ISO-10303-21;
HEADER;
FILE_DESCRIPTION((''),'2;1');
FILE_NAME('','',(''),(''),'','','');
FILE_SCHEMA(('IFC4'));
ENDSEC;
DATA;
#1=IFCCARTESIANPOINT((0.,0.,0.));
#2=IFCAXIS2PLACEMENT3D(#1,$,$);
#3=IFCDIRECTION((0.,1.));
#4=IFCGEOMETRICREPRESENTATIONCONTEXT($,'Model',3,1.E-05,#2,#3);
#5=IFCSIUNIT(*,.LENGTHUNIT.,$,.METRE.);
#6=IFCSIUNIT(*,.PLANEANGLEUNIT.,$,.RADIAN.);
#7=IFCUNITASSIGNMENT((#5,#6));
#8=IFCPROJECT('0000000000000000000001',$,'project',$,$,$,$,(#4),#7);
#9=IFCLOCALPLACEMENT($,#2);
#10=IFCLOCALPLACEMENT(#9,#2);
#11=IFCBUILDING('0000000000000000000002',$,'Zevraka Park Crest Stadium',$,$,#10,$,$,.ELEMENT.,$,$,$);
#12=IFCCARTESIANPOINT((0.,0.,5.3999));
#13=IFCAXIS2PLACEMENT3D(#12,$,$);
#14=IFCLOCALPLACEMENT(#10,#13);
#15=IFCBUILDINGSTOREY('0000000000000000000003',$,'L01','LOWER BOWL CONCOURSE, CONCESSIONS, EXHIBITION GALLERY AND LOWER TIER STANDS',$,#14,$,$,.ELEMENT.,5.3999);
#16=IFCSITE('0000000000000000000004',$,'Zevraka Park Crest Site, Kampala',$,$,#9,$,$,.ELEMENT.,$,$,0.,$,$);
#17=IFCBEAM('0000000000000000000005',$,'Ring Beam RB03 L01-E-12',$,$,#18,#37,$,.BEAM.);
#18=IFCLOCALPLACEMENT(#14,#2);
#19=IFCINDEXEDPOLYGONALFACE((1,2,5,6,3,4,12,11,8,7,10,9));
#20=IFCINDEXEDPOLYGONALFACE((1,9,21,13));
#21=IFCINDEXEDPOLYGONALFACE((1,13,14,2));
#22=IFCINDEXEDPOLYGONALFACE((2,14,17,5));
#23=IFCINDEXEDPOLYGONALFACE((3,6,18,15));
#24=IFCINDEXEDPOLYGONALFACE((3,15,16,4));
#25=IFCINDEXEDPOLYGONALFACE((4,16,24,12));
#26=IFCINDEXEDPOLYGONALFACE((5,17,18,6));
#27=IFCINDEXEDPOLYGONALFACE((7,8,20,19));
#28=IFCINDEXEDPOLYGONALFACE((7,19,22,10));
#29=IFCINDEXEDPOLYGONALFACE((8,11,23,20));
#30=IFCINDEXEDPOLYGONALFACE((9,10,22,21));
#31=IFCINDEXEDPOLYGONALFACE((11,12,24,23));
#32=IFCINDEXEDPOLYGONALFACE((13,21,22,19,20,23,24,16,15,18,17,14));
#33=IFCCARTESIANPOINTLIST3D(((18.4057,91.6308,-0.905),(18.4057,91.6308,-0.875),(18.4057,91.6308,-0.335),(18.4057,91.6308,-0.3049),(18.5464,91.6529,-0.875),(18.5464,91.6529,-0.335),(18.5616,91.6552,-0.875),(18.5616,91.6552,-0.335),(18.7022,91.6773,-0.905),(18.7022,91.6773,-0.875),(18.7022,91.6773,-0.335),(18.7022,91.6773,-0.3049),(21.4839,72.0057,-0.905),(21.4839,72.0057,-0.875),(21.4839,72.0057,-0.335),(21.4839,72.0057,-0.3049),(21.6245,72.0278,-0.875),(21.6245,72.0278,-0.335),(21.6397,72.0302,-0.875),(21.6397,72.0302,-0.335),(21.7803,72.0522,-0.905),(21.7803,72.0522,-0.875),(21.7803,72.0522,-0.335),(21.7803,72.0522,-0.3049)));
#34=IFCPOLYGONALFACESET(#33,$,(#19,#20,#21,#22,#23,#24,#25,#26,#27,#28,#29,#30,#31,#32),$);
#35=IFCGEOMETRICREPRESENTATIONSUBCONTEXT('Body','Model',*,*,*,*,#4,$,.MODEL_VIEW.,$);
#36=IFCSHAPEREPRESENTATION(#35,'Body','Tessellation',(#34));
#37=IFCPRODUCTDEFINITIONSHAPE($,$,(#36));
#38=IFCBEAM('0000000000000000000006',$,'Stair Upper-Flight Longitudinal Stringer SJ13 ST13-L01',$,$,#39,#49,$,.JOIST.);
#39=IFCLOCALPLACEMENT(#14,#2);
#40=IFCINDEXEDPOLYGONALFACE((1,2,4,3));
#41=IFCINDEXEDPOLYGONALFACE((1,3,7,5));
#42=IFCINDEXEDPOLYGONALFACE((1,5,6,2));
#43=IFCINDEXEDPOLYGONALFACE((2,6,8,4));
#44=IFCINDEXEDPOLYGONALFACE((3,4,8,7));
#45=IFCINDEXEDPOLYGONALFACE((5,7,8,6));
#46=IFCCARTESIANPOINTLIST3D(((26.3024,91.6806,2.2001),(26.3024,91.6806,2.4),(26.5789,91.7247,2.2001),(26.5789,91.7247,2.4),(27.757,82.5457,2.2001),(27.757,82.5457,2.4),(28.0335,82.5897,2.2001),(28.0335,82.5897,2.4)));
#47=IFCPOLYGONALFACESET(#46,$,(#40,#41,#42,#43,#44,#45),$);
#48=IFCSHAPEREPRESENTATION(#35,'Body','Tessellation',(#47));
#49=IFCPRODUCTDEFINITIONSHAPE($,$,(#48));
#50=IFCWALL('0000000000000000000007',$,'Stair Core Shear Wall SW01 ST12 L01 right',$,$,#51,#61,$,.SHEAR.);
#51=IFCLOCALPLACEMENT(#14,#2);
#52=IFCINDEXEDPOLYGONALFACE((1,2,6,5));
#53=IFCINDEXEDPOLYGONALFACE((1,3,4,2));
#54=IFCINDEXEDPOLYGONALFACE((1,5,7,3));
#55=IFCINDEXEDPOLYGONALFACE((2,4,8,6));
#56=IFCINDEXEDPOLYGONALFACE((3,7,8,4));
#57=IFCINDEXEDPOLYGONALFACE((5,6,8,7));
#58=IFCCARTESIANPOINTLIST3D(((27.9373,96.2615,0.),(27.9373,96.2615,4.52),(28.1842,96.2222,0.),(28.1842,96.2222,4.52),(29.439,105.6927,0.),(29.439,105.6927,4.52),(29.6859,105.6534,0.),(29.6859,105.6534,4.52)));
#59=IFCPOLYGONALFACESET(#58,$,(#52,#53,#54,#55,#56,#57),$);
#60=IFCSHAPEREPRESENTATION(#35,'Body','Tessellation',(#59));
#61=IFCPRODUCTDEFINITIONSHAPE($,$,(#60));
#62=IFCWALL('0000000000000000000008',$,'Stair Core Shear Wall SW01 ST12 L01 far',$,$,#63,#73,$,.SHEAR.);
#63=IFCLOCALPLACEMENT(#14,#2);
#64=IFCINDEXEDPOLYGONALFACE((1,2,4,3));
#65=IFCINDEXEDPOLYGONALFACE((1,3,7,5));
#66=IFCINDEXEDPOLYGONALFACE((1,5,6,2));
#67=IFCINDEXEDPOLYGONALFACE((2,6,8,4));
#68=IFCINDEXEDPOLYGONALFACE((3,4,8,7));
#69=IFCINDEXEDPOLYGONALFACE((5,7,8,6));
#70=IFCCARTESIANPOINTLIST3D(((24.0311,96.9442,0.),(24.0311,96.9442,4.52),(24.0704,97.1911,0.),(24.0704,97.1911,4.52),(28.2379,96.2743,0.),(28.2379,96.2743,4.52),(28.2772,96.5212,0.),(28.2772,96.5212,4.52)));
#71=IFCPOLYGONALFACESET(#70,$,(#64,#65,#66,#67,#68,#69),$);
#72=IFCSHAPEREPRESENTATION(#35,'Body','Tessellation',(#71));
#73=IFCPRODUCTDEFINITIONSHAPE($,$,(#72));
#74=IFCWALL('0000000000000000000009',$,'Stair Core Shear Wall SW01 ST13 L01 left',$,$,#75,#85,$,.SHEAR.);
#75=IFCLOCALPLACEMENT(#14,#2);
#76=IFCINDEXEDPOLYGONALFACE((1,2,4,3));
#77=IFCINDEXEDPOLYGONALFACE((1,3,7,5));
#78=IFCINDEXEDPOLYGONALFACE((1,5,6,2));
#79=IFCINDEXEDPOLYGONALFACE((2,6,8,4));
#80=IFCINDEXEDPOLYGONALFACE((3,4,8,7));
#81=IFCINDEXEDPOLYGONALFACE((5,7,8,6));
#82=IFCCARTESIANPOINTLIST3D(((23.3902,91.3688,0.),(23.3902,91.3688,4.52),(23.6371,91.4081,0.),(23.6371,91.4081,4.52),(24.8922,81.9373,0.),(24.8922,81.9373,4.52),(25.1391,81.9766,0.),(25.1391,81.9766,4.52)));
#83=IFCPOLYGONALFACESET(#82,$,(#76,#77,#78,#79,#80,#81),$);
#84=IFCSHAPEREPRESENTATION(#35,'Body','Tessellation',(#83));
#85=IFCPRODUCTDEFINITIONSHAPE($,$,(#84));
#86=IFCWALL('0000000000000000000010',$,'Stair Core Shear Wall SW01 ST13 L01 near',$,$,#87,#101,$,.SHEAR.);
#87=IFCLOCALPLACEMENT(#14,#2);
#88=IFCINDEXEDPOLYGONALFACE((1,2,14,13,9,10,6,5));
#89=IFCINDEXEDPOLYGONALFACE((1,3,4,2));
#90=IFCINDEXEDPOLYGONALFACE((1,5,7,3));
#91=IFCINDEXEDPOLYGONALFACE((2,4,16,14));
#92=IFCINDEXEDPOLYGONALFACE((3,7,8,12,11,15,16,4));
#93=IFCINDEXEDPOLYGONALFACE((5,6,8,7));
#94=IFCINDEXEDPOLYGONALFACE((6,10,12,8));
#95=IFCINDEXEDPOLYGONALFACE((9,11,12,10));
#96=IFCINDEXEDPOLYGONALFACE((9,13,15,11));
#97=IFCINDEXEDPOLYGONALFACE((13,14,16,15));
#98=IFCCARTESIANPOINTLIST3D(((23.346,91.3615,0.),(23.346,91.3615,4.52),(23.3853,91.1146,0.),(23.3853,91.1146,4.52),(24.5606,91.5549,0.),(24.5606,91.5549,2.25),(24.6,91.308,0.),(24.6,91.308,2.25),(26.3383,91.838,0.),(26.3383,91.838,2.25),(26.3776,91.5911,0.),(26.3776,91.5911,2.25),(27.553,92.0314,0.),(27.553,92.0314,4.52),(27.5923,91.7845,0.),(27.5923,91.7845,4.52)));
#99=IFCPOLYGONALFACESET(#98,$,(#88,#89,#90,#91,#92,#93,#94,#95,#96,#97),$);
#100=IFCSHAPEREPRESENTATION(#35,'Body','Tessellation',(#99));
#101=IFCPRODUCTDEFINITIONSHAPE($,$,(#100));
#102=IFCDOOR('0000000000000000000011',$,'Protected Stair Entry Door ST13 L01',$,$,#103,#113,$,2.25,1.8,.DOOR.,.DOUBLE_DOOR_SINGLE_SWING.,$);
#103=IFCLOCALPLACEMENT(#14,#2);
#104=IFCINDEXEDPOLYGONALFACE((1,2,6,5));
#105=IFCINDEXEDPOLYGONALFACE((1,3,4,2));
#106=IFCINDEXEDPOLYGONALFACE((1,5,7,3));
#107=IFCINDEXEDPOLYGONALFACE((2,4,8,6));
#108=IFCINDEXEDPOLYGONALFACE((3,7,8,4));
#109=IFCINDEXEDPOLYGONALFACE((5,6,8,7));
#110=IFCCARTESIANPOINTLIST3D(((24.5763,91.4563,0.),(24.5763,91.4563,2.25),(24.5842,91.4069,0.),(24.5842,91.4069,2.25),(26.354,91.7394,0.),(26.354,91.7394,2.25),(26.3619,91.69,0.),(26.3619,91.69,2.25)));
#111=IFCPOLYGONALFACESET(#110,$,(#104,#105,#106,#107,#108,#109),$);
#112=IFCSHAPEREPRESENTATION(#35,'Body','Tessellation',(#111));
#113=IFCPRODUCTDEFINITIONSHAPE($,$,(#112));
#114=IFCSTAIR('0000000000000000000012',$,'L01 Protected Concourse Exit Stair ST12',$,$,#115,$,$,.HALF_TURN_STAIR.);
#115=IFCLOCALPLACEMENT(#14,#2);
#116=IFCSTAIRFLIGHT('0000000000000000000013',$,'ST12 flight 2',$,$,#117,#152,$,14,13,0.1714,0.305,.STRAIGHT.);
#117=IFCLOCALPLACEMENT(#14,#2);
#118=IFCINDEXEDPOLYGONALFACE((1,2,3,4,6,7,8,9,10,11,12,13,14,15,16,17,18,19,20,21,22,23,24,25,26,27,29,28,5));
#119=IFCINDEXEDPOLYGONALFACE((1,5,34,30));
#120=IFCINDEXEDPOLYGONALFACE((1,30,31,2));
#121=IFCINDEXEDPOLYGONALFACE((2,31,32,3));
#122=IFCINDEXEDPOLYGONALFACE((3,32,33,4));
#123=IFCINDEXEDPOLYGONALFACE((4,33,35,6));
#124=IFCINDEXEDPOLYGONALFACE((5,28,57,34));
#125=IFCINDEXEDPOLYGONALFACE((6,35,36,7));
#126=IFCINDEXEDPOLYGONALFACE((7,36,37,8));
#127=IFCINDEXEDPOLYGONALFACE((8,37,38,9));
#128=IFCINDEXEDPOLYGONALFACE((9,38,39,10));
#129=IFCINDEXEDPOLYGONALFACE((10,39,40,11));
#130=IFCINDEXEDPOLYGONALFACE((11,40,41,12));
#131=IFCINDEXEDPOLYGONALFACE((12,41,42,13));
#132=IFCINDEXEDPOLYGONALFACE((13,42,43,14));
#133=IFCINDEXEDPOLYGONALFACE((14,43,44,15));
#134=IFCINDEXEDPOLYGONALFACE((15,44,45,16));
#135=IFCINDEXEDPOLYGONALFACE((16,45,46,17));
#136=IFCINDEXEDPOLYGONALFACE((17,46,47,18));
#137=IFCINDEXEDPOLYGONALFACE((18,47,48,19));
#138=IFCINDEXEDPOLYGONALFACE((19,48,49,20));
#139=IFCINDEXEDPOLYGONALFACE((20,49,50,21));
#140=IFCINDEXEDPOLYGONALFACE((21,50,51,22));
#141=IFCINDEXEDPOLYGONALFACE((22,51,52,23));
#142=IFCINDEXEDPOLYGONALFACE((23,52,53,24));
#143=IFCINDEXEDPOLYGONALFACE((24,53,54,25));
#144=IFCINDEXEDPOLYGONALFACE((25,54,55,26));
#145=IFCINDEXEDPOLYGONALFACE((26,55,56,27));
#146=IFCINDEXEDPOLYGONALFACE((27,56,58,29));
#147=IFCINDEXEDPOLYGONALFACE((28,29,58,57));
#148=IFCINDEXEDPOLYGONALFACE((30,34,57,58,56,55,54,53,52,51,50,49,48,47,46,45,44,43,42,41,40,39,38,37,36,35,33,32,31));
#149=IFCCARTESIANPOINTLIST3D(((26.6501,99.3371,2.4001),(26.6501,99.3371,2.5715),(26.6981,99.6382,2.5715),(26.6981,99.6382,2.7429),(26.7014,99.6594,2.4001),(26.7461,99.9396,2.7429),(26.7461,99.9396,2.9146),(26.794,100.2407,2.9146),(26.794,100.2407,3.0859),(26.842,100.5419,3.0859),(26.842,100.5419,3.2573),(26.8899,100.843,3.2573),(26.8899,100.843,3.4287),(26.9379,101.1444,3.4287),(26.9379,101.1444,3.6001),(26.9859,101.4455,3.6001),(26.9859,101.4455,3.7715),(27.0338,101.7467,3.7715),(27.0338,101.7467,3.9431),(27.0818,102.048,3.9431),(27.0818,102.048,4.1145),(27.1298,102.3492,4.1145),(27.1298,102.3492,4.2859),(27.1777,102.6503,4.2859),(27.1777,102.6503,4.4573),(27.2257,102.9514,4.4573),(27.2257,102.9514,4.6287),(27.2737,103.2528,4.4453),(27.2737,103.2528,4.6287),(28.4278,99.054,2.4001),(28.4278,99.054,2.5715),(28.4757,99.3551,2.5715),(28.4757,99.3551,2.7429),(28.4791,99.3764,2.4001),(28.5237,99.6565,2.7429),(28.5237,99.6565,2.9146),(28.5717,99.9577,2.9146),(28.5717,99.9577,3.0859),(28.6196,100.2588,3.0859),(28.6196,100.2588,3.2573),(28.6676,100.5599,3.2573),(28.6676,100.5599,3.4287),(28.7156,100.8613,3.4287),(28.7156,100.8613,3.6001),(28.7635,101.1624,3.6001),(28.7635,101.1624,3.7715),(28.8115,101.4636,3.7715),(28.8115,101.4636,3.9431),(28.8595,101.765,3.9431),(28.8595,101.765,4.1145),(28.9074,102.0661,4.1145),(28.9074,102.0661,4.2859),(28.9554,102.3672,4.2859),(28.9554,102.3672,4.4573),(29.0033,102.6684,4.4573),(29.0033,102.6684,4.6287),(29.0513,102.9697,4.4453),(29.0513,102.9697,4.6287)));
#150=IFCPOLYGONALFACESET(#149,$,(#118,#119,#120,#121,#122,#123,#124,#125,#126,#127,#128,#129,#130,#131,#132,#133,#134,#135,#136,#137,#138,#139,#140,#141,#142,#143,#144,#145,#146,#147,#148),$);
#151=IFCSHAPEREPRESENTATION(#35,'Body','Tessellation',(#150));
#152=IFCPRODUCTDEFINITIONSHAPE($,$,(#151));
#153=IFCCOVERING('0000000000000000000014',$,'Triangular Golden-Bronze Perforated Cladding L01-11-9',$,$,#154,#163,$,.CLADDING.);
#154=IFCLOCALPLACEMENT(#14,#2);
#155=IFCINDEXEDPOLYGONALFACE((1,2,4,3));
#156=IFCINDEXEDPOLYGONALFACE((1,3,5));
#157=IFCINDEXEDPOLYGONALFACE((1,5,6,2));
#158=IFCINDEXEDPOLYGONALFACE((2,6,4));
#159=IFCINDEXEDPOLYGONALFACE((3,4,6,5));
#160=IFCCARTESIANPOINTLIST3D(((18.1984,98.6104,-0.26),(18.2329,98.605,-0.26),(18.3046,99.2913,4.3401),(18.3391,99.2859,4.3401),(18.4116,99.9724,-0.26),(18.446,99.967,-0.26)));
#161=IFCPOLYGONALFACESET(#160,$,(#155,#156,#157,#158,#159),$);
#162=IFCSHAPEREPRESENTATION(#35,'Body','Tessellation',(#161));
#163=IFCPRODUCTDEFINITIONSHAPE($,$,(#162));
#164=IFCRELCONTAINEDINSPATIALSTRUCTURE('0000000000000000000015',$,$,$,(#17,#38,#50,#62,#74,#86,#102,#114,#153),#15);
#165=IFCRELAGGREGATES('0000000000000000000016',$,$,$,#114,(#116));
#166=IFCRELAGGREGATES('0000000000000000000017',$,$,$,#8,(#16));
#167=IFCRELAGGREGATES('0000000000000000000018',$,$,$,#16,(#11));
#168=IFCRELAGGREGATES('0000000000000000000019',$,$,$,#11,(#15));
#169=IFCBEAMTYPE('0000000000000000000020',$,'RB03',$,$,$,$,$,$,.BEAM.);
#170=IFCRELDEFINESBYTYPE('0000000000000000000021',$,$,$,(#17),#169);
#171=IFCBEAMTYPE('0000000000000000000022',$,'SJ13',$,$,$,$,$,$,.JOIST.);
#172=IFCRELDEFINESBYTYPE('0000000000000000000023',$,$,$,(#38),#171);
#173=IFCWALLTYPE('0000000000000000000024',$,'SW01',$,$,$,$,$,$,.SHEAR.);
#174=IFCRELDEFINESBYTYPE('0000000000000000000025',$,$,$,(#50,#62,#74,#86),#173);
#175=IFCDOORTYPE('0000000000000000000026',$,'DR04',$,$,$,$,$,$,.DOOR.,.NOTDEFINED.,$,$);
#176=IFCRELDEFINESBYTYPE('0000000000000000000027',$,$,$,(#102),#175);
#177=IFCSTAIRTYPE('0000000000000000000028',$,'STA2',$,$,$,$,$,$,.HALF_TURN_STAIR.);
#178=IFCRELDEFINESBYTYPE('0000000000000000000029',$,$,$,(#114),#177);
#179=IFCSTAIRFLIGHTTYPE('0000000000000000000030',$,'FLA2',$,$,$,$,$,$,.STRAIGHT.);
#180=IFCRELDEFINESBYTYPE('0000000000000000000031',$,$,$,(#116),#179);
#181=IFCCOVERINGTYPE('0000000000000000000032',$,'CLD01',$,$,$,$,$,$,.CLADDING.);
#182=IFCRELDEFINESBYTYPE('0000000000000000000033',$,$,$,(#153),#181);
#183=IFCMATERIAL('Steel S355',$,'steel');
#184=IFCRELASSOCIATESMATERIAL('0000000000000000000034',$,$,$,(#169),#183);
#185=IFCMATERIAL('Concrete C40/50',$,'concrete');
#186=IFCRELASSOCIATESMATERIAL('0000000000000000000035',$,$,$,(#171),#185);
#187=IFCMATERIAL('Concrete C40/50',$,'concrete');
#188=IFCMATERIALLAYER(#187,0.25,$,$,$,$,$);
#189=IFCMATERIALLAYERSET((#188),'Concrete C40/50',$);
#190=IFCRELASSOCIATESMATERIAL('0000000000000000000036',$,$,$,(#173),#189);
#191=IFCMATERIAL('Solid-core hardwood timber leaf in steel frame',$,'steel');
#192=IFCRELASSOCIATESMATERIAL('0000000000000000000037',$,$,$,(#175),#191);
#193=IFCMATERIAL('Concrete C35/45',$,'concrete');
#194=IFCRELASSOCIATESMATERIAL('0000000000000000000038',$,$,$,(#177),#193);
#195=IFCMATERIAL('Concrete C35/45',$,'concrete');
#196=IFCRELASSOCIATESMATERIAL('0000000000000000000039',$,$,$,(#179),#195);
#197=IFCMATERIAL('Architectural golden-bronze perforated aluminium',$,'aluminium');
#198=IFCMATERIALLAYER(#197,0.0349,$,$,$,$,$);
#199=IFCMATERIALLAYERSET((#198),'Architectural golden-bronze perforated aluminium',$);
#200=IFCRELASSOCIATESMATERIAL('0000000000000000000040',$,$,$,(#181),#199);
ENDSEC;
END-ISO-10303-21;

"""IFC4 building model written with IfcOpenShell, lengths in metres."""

from ifc_helpers import new_model, si_unit, direction, frame, frame_2d, origin, origin_2d, place, context, subcontext, project, spatial, polyline, rectangle, i_section, outline, extrude, material, layer, layer_set, material_profile, profile_set, type_object, element, fill, aggregate, save


model = new_model("IFC4")

# Units and contexts
model_context = context("Model", 3, precision=1e-05, world=origin(), true_north=direction((0.0, 1.0)))
body_context = subcontext(model_context, "Body", "Model", "MODEL_VIEW")
ifc_project = project(units=[si_unit("LENGTHUNIT", "METRE"), si_unit("PLANEANGLEUNIT", "RADIAN")], contexts=[model_context])

# Site, building, storey
site_placement = place(None, origin())
site = spatial("IfcSite", under=ifc_project, at=site_placement, Name="Zevraka Park Crest Site, Kampala", CompositionType="ELEMENT", RefElevation=0.0)
building_placement = place(site_placement, origin())
building = spatial("IfcBuilding", under=site, at=building_placement, Name="Zevraka Park Crest Stadium", CompositionType="ELEMENT")
storey_placement = place(building_placement, frame((0.0, 0.0, 5.3999)))
storey = spatial("IfcBuildingStorey", under=building, at=storey_placement, Name="L01", Description="LOWER BOWL CONCOURSE, CONCESSIONS, EXHIBITION GALLERY AND LOWER TIER STANDS", CompositionType="ELEMENT", Elevation=5.3999)

# Beams
ifc_material_1 = material(Name="Steel S355", Category="steel")
ifc_material_profile_1 = material_profile(ifc_material_1, i_section(OverallWidth=0.3, OverallDepth=0.6001, WebThickness=0.0154, FlangeThickness=0.03, at=origin_2d()), Name="HEB 600")
ifc_profile_set_1 = profile_set([ifc_material_profile_1], Name="Steel S355")
beam_type_1 = type_object("IfcBeamType", Name="RB03", PredefinedType="BEAM", material=ifc_profile_set_1)
beam_1_placement = place(storey_placement, frame((18.554, 91.6541, -0.605), z_axis=(0.154953, -0.987922, 0.0), x_axis=(0.987922, 0.154953, 0.0)))
element("IfcBeam", 1, at=beam_1_placement, inside=storey, type_object=beam_type_1, Name="Ring Beam RB03 L01-E-12", PredefinedType="BEAM", context=body_context, shape_type="SweptSolid", body=[
    extrude(i_section(OverallWidth=0.3, OverallDepth=0.6001, WebThickness=0.0154, FlangeThickness=0.03, at=origin_2d()), origin(), (0.0, 0.0, 1.0), 19.865),
])
ifc_material_2 = material(Name="Concrete C40/50", Category="concrete")
ifc_material_profile_2 = material_profile(ifc_material_2, rectangle(XDim=0.28, YDim=0.2, at=origin_2d()), Name="RC 200x280")
ifc_profile_set_2 = profile_set([ifc_material_profile_2], Name="Concrete C40/50")
beam_type_2 = type_object("IfcBeamType", Name="SJ13", PredefinedType="JOIST", material=ifc_profile_set_2)
beam_2_placement = place(storey_placement, frame((26.4407, 91.7026, 2.3), z_axis=(0.157251, -0.987559, 0.0), x_axis=(0.987559, 0.157251, 0.0)))
element("IfcBeam", 2, at=beam_2_placement, inside=storey, type_object=beam_type_2, Name="Stair Upper-Flight Longitudinal Stringer SJ13 ST13-L01", PredefinedType="JOIST", context=body_context, shape_type="SweptSolid", body=[
    extrude(rectangle(XDim=0.28, YDim=0.2, at=origin_2d()), origin(), (0.0, 0.0, 1.0), 9.25),
])

# Walls
ifc_material_3 = material(Name="Concrete C40/50", Category="concrete")
ifc_layer_1 = layer(ifc_material_3, 0.25)
ifc_layer_set_1 = layer_set([ifc_layer_1], Name="Concrete C40/50")
wall_type = type_object("IfcWallType", Name="SW01", PredefinedType="SHEAR", material=ifc_layer_set_1)
wall_1_placement = place(storey_placement, frame((28.0608, 96.2419, 0.0), z_axis=(0.0, 0.0, 1.0), x_axis=(0.157248, 0.987559, 0.0)))
element("IfcWall", 3, at=wall_1_placement, inside=storey, type_object=wall_type, Name="Stair Core Shear Wall SW01 ST12 L01 right", PredefinedType="SHEAR", context=body_context, shape_type="SweptSolid", body=[
    extrude(rectangle(XDim=9.55, YDim=0.25, at=frame_2d((4.7749, 0.0))), origin(), (0.0, 0.0, 1.0), 4.52),
])
wall_2_placement = place(storey_placement, frame((24.0508, 97.0676, 0.0), z_axis=(0.0, 0.0, 1.0), x_axis=(0.987556, -0.157266, 0.0)))
element("IfcWall", 4, at=wall_2_placement, inside=storey, type_object=wall_type, Name="Stair Core Shear Wall SW01 ST12 L01 far", PredefinedType="SHEAR", context=body_context, shape_type="SweptSolid", body=[
    extrude(rectangle(XDim=4.2598, YDim=0.25, at=frame_2d((2.1299, 0.0))), origin(), (0.0, 0.0, 1.0), 4.52),
])
wall_3_placement = place(storey_placement, frame((23.5137, 91.3884, 0.0), z_axis=(0.0, 0.0, 1.0), x_axis=(0.157269, -0.987556, 0.0)))
element("IfcWall", 5, at=wall_3_placement, inside=storey, type_object=wall_type, Name="Stair Core Shear Wall SW01 ST13 L01 left", PredefinedType="SHEAR", context=body_context, shape_type="SweptSolid", body=[
    extrude(rectangle(XDim=9.5503, YDim=0.25, at=frame_2d((4.7751, 0.0))), origin(), (0.0, 0.0, 1.0), 4.52),
])

# Wall, opening, door
wall_4_placement = place(storey_placement, frame((27.5725, 91.908, 0.0), z_axis=(0.0, 0.0, 1.0), x_axis=(-0.987558, -0.157257, 0.0)))
wall_4 = element("IfcWall", 6, at=wall_4_placement, inside=storey, type_object=wall_type, Name="Stair Core Shear Wall SW01 ST13 L01 near", PredefinedType="SHEAR", context=body_context, shape_type="SweptSolid", body=[
    extrude(rectangle(XDim=4.26, YDim=0.25, at=frame_2d((2.1299, 0.0))), origin(), (0.0, 0.0, 1.0), 4.52),
])
opening_placement = place(wall_4_placement, frame((1.23, 0.0, 0.0)))
opening = element("IfcOpeningElement", 7, at=opening_placement, cuts=wall_4, PredefinedType="OPENING", context=body_context, shape_type="SweptSolid", body=[
    extrude(rectangle(XDim=1.8, YDim=2.25, at=frame_2d((0.8999, 1.125))), frame((0.0, 0.135, 0.0), z_axis=(0.0, -1.0, 0.0), x_axis=(1.0, 0.0, 0.0)), (0.0, 0.0, 1.0), 0.27),
])
ifc_material_4 = material(Name="Solid-core hardwood timber leaf in steel frame", Category="steel")
door_type = type_object("IfcDoorType", Name="DR04", OperationType="NOTDEFINED", PredefinedType="DOOR", material=ifc_material_4)
door_placement = place(opening_placement, origin())
door = element("IfcDoor", 8, at=door_placement, inside=storey, type_object=door_type, Name="Protected Stair Entry Door ST13 L01", OperationType="DOUBLE_DOOR_SINGLE_SWING", OverallHeight=2.25, OverallWidth=1.8, PredefinedType="DOOR", context=body_context, shape_type="SweptSolid", body=[
    extrude(rectangle(XDim=1.8, YDim=2.25, at=frame_2d((0.8999, 1.125))), frame((0.0, 0.0249, 0.0), z_axis=(0.0, -1.0, 0.0), x_axis=(1.0, 0.0, 0.0)), (0.0, 0.0, 1.0), 0.05),
])
fill(opening, door)

# Stair, stair flight
ifc_material_5 = material(Name="Concrete C35/45", Category="concrete")
stair_type = type_object("IfcStairType", Name="STA2", PredefinedType="HALF_TURN_STAIR", material=ifc_material_5)
stair_placement = place(storey_placement, origin())
stair = element("IfcStair", 9, at=stair_placement, inside=storey, type_object=stair_type, Name="L01 Protected Concourse Exit Stair ST12", PredefinedType="HALF_TURN_STAIR")
ifc_material_6 = material(Name="Concrete C35/45", Category="concrete")
stair_flight_type = type_object("IfcStairFlightType", Name="FLA2", PredefinedType="STRAIGHT", material=ifc_material_6)
stair_flight_placement = place(storey_placement, frame((27.5388, 99.1956, 2.4001), z_axis=(0.0, 0.0, 1.0), x_axis=(0.157262, 0.987557, 0.0)))
stair_flight = element("IfcStairFlight", 10, at=stair_flight_placement, type_object=stair_flight_type, Name="ST12 flight 2", NumberOfRisers=14, NumberOfTreads=13, PredefinedType="STRAIGHT", RiserHeight=0.1714, TreadLength=0.305, context=body_context, shape_type="SweptSolid", body=[
    extrude(outline(polyline([(0.0, 0.0), (0.0, 0.1714), (0.3049, 0.1714), (0.3049, 0.3428), (0.6101, 0.3428), (0.6101, 0.5144), (0.915, 0.5144), (0.915, 0.6858), (1.22, 0.6858), (1.22, 0.8572), (1.5249, 0.8572), (1.5249, 1.0286), (1.8301, 1.0286), (1.8301, 1.2), (2.135, 1.2), (2.135, 1.3713), (2.4399, 1.3713), (2.4399, 1.543), (2.7451, 1.543), (2.7451, 1.7144), (3.05, 1.7144), (3.05, 1.8857), (3.355, 1.8857), (3.355, 2.0571), (3.6599, 2.0571), (3.6599, 2.2285), (3.9651, 2.2285), (3.9651, 2.3999), (3.9651, 2.0452), (0.3264, 0.0), (0.0, 0.0)])), frame((0.0, 0.8999, 0.0), z_axis=(0.0, -1.0, 0.0), x_axis=(1.0, 0.0, 0.0)), (0.0, 0.0, 1.0), 1.8),
])
aggregate(stair, [stair_flight])

# Covering
ifc_material_7 = material(Name="Architectural golden-bronze perforated aluminium", Category="aluminium")
ifc_layer_2 = layer(ifc_material_7, 0.0349)
ifc_layer_set_2 = layer_set([ifc_layer_2], Name="Architectural golden-bronze perforated aluminium")
covering_type = type_object("IfcCoveringType", Name="CLD01", PredefinedType="CLADDING", material=ifc_layer_set_2)
covering_placement = place(storey_placement, frame((18.446, 99.967, -0.26), z_axis=(0.987977, -0.154598, 0.000075), x_axis=(-0.154598, -0.987977, 0.0)))
element("IfcCovering", 11, at=covering_placement, inside=storey, type_object=covering_type, Name="Triangular Golden-Bronze Perforated Cladding L01-11-9", PredefinedType="CLADDING", context=body_context, shape_type="SweptSolid", body=[
    extrude(outline(polyline([(0.0, 0.0), (1.3786, 0.0), (0.6895, -4.6001), (0.0, 0.0)])), origin(), (0.0, 0.0, -1.0), 0.0349),
])

save(model, "model.ifc")
